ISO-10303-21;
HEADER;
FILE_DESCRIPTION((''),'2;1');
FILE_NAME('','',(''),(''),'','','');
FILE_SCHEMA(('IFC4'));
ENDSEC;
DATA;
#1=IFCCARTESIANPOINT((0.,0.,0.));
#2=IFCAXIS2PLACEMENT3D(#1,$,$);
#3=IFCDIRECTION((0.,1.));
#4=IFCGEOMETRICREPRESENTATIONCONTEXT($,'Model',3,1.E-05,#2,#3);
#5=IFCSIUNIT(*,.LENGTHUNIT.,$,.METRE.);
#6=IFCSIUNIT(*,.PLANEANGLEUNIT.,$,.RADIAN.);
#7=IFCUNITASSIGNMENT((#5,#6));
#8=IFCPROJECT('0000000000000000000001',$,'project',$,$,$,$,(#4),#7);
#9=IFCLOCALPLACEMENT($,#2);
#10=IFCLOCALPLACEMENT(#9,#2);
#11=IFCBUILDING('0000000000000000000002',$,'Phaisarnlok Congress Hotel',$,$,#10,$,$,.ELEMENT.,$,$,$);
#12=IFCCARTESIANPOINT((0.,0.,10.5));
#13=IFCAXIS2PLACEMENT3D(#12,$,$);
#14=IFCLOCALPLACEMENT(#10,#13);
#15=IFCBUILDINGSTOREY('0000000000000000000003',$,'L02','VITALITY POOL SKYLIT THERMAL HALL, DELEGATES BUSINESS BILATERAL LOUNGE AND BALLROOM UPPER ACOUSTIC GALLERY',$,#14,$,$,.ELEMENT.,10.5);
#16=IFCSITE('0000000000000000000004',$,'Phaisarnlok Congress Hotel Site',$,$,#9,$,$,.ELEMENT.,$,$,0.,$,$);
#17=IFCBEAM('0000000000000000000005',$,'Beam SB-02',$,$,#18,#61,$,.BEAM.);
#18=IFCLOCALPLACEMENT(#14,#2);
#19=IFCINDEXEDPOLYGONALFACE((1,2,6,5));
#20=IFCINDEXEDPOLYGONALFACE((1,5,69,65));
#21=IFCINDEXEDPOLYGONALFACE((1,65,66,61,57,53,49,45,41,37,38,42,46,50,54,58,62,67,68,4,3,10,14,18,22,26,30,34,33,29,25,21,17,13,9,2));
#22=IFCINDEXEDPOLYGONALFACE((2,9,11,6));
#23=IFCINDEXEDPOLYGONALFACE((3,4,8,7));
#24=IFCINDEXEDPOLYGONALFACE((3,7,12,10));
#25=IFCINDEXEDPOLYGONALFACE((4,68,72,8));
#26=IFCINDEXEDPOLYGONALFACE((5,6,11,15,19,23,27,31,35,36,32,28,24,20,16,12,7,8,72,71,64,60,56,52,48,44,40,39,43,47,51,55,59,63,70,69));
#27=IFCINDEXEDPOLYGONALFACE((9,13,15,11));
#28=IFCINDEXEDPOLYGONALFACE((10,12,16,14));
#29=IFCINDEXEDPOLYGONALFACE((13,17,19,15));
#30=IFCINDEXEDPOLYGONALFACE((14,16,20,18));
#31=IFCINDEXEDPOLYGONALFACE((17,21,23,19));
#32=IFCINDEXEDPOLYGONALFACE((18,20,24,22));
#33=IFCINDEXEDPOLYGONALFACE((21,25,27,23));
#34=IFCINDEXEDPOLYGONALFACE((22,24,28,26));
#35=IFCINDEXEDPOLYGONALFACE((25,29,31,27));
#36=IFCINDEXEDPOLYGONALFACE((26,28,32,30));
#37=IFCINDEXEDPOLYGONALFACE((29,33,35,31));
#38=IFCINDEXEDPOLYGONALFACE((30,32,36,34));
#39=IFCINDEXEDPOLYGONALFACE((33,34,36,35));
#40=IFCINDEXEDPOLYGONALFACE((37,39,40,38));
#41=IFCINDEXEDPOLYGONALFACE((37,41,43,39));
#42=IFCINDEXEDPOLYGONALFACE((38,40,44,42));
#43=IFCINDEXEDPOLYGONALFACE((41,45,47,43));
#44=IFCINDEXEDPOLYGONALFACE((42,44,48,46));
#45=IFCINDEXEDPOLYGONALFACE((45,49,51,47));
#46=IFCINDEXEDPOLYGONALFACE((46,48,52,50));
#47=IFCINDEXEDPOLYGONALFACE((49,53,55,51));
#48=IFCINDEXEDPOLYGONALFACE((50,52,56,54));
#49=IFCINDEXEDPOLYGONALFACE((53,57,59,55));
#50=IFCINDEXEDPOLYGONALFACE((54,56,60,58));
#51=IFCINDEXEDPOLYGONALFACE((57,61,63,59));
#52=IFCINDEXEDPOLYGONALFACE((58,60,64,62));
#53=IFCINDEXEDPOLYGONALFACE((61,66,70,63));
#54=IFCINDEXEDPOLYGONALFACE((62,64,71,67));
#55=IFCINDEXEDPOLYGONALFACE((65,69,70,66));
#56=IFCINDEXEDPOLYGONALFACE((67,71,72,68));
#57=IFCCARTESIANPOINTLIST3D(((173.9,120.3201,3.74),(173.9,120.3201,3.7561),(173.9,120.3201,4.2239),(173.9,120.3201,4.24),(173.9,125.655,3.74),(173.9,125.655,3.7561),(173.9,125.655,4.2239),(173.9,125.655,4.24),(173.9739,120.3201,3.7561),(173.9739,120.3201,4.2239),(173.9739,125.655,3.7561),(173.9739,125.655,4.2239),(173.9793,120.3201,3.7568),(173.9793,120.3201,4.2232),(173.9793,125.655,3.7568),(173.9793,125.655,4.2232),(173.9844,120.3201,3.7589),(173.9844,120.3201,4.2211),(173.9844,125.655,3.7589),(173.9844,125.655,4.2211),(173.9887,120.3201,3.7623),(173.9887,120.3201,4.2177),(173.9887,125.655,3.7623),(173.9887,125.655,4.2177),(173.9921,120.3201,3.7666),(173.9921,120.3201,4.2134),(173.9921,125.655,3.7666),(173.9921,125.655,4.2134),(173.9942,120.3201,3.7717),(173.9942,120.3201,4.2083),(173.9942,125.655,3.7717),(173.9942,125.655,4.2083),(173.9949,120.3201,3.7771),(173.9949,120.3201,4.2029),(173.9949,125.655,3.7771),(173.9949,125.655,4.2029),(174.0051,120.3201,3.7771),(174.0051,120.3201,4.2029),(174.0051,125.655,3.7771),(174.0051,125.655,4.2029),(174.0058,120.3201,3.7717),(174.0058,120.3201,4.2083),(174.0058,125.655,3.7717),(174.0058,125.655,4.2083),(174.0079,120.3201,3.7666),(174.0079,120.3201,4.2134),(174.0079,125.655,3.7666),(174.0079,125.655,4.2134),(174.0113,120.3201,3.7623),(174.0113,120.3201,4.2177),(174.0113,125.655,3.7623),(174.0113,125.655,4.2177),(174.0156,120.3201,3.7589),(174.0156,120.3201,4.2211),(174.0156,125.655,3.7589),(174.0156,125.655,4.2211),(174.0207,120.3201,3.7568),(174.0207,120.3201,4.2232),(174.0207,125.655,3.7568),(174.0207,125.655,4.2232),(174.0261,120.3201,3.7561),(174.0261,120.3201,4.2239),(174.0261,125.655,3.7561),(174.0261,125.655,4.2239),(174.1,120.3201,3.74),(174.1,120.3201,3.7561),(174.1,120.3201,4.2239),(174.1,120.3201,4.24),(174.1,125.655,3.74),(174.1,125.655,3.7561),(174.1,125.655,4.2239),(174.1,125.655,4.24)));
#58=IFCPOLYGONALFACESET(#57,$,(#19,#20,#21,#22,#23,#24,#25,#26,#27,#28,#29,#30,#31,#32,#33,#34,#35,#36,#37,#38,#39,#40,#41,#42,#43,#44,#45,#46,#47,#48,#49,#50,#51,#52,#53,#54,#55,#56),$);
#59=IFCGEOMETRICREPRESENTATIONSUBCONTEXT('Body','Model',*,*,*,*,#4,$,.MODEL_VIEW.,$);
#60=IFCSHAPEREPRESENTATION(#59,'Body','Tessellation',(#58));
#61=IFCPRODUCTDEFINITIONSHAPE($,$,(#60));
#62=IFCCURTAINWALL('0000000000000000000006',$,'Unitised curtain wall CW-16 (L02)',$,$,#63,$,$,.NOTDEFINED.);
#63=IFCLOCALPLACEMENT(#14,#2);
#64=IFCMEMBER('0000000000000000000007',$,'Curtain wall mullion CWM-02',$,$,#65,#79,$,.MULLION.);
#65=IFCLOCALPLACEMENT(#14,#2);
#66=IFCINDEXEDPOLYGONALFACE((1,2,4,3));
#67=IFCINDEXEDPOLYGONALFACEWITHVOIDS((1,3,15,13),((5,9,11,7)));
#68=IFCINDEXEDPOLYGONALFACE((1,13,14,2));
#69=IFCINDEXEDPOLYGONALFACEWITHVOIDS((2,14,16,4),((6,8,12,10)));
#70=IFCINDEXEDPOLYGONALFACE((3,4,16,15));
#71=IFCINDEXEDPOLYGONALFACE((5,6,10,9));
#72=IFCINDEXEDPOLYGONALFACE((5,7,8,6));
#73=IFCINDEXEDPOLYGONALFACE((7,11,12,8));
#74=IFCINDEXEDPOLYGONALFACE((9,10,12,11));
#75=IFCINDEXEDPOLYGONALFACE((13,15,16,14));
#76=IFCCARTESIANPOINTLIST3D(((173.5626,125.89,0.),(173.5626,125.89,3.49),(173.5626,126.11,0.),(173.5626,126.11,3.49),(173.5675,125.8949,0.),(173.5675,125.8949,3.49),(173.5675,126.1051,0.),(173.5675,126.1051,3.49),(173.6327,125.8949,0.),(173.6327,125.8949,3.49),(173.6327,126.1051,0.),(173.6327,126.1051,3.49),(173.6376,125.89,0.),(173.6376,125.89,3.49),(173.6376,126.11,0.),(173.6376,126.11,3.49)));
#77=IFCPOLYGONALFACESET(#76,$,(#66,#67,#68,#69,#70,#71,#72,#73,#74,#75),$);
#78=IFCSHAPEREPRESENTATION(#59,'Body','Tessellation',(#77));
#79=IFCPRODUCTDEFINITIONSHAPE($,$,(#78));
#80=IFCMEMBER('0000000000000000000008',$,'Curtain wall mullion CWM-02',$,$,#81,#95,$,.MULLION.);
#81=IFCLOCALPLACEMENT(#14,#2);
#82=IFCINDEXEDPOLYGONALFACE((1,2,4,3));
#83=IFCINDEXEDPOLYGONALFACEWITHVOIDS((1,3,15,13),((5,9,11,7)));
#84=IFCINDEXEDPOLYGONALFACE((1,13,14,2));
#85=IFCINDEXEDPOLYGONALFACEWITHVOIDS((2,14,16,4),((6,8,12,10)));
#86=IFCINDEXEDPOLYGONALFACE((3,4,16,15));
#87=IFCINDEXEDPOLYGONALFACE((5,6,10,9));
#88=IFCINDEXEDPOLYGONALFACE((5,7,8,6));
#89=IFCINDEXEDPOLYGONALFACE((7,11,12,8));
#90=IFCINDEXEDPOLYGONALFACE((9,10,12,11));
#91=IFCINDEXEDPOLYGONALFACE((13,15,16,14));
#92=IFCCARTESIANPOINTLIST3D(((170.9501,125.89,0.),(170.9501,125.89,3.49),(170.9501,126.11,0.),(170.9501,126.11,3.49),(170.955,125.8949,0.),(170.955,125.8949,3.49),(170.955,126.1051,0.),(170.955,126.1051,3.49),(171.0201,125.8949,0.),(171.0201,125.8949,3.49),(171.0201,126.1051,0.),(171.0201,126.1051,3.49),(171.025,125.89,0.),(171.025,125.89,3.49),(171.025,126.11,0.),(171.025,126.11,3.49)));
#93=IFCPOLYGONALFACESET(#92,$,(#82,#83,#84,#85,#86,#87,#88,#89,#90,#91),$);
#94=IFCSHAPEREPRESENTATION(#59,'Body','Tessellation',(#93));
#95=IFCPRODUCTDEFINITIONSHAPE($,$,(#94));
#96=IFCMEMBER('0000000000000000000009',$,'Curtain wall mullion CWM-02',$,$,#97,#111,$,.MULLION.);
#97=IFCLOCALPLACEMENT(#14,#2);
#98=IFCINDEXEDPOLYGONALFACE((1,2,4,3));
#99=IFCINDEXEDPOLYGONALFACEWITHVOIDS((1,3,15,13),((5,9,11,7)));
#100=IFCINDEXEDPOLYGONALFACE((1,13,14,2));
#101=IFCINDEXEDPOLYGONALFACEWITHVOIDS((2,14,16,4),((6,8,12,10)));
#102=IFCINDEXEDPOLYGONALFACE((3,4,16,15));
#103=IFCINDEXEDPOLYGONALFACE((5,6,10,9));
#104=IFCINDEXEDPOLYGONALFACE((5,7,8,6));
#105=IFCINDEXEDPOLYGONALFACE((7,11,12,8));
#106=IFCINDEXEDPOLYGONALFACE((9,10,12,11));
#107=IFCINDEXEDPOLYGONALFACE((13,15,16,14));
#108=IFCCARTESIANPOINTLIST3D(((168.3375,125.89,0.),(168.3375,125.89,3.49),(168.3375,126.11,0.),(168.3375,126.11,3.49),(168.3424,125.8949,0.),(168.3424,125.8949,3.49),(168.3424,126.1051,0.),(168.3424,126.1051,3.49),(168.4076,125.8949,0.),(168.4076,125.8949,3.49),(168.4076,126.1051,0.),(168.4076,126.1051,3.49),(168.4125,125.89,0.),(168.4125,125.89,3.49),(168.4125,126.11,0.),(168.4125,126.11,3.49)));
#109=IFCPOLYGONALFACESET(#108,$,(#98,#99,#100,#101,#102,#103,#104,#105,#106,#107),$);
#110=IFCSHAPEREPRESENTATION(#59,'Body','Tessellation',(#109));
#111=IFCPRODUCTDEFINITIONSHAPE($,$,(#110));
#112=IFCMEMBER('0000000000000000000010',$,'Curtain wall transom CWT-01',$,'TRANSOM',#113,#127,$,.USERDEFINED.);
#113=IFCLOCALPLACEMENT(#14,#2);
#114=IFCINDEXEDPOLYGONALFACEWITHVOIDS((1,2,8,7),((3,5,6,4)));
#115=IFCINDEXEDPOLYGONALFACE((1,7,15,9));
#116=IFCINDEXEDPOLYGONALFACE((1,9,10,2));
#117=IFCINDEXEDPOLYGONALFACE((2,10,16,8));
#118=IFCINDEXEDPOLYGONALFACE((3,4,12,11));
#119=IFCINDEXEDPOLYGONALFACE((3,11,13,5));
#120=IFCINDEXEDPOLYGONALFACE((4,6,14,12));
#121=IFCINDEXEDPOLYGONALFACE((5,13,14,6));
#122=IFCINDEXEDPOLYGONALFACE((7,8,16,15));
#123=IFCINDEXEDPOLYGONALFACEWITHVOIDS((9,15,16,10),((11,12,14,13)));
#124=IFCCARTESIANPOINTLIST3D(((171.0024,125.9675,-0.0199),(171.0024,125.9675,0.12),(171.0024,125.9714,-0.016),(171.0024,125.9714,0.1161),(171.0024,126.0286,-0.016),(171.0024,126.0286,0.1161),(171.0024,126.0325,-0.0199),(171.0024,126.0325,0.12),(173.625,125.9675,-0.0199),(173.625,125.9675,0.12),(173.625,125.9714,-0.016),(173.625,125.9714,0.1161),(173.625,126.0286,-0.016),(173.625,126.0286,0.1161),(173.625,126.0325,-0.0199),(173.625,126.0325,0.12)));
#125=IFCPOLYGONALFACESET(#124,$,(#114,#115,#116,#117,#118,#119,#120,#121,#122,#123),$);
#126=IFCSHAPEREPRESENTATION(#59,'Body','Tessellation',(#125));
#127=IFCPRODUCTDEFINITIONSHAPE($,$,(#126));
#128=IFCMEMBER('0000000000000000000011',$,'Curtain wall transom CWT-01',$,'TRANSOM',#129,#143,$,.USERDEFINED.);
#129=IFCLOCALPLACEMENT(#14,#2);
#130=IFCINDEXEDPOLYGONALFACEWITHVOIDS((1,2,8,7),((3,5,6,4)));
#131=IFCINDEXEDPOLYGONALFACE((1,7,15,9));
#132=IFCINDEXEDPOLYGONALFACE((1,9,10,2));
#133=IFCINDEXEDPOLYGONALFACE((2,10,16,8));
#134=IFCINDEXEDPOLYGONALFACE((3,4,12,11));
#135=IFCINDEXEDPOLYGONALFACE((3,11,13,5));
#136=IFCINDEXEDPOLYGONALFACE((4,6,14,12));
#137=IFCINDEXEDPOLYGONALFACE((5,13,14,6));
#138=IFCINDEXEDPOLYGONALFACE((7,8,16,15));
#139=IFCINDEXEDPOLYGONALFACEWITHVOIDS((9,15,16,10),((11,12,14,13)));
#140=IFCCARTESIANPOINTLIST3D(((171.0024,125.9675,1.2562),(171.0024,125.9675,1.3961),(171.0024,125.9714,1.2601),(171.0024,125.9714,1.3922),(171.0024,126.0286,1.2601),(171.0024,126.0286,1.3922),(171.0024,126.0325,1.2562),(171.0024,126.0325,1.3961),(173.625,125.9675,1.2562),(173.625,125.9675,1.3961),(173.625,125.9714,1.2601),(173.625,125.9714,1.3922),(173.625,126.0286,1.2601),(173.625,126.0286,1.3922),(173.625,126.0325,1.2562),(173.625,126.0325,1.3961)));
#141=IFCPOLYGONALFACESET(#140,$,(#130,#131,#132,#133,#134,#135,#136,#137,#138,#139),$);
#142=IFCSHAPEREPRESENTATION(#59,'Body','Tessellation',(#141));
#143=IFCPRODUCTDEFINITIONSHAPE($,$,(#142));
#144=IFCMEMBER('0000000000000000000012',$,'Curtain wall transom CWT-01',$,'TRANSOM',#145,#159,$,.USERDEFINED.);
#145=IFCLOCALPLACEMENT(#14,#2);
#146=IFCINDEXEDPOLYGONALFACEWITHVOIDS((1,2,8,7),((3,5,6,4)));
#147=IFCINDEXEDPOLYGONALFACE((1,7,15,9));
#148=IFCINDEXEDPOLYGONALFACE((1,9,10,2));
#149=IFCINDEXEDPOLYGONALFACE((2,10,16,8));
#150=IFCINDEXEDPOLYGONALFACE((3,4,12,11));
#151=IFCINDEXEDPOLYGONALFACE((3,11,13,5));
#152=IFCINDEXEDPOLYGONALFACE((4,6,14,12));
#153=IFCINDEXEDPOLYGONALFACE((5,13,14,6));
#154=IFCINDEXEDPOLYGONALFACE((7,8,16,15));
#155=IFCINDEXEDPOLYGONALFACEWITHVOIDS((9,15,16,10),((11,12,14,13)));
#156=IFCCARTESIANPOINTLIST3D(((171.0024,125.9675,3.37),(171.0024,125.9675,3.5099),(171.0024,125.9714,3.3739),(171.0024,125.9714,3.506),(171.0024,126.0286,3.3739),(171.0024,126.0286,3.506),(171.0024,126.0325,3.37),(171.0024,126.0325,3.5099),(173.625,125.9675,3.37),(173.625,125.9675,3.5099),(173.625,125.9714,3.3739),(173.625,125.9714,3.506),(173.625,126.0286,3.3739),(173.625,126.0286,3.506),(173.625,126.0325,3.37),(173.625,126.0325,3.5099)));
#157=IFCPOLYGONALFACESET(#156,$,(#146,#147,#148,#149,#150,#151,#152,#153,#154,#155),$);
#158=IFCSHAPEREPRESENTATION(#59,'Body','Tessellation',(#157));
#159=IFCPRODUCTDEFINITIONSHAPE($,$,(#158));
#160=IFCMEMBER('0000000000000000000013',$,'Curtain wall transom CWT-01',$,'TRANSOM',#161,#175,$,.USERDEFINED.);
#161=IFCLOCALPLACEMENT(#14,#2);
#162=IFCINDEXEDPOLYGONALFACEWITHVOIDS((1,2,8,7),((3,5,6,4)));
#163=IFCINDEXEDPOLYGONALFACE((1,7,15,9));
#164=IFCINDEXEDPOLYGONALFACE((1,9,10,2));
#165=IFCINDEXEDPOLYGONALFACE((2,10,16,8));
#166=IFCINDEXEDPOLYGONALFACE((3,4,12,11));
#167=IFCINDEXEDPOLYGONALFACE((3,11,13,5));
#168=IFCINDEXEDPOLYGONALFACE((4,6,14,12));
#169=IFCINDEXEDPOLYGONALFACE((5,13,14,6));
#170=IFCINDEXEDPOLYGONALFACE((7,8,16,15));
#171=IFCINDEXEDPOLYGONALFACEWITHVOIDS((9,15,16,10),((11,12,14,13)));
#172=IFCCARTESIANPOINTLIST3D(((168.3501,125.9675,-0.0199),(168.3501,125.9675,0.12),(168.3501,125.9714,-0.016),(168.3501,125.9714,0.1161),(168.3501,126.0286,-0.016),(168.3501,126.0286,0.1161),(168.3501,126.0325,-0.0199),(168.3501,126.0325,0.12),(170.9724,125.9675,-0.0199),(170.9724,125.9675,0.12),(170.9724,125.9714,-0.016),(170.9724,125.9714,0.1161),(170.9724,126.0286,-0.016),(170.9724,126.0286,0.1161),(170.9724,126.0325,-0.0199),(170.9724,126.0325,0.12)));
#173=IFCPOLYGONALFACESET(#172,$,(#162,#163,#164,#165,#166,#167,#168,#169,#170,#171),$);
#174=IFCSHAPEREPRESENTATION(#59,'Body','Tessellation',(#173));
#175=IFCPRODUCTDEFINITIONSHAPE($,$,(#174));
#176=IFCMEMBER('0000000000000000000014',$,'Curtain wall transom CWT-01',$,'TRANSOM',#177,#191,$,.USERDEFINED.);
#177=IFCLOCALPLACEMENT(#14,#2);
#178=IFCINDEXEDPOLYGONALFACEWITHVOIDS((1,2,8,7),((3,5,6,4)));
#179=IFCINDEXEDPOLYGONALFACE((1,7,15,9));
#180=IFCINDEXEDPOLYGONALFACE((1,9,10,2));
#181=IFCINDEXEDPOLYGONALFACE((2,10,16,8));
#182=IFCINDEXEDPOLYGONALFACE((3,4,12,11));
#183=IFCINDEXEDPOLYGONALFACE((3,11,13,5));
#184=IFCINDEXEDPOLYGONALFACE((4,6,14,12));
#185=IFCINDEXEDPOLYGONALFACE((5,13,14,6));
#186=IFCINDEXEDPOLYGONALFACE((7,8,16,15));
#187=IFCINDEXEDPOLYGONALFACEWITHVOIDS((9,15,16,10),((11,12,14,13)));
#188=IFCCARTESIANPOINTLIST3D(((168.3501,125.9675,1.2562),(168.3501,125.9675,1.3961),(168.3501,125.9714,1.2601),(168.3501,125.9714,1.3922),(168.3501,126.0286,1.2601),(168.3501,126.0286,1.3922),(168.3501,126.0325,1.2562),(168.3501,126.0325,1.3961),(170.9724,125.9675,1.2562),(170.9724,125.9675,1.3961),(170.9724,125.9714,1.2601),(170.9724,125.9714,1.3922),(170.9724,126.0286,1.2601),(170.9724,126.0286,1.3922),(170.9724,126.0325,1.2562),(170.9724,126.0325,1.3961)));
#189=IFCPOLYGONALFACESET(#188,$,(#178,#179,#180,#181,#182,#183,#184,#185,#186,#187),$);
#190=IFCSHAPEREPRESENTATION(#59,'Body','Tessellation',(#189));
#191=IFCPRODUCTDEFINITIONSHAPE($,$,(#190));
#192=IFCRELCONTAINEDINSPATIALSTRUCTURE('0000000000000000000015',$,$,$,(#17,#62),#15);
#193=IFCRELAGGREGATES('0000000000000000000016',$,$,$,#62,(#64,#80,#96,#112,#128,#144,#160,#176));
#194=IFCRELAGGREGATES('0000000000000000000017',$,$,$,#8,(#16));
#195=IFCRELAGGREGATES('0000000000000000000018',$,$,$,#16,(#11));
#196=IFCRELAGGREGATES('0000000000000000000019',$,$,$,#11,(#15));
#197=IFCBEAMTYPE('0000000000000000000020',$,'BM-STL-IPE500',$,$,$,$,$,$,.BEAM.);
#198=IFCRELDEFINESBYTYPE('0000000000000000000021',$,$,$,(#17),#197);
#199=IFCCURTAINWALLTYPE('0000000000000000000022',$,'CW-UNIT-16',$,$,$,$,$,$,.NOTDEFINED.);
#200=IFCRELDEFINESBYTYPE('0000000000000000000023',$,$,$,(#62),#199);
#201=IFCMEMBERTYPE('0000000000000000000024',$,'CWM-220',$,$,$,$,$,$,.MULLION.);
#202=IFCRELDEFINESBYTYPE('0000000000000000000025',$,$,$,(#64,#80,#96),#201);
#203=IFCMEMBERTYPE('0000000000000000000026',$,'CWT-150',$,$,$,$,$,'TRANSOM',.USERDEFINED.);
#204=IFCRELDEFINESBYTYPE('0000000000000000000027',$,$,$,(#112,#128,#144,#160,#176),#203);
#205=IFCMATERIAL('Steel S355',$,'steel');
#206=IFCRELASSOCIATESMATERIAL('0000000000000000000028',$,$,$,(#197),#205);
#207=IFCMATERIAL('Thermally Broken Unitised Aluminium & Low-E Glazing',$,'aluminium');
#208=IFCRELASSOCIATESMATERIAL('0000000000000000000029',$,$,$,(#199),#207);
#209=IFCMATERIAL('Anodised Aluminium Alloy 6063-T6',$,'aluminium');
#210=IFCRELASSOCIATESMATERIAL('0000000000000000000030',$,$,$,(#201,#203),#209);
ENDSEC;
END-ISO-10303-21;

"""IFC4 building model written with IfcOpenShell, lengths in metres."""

from ifc_helpers import new_model, si_unit, direction, frame, origin, origin_2d, place, context, subcontext, project, spatial, hollow_rectangle, i_section, extrude, material, material_profile, profile_set, type_object, element, aggregate, save


model = new_model("IFC4")

# Units and contexts
model_context = context("Model", 3, precision=1e-05, world=origin(), true_north=direction((0.0, 1.0)))
body_context = subcontext(model_context, "Body", "Model", "MODEL_VIEW")
ifc_project = project(units=[si_unit("LENGTHUNIT", "METRE"), si_unit("PLANEANGLEUNIT", "RADIAN")], contexts=[model_context])

# Site, building, storey
site_placement = place(None, origin())
site = spatial("IfcSite", under=ifc_project, at=site_placement, Name="Phaisarnlok Congress Hotel Site", CompositionType="ELEMENT", RefElevation=0.0)
building_placement = place(site_placement, origin())
building = spatial("IfcBuilding", under=site, at=building_placement, Name="Phaisarnlok Congress Hotel", CompositionType="ELEMENT")
storey_placement = place(building_placement, frame((0.0, 0.0, 10.5)))
storey = spatial("IfcBuildingStorey", under=building, at=storey_placement, Name="L02", Description="VITALITY POOL SKYLIT THERMAL HALL, DELEGATES BUSINESS BILATERAL LOUNGE AND BALLROOM UPPER ACOUSTIC GALLERY", CompositionType="ELEMENT", Elevation=10.5)

# Beam
ifc_material_1 = material(Name="Steel S355", Category="steel")
ifc_material_profile_1 = material_profile(ifc_material_1, i_section(OverallWidth=0.2, OverallDepth=0.5, WebThickness=0.0103, FlangeThickness=0.0161, FilletRadius=0.021, at=origin_2d()), Name="IPE 500")
ifc_profile_set_1 = profile_set([ifc_material_profile_1], Name="Steel S355")
beam_type_1 = type_object("IfcBeamType", Name="BM-STL-IPE500", PredefinedType="BEAM", material=ifc_profile_set_1)
for number, where, z_axis, x_axis, name in (
    (1, (174.0, 120.3201, 3.99), (0.0, 1.0, 0.0), (-1.0, 0.0, 0.0), "Beam SB-02"),
):
    element("IfcBeam", number, at=place(storey_placement, frame(where, z_axis=z_axis, x_axis=x_axis)), inside=storey, type_object=beam_type_1, Name=name, PredefinedType="BEAM", context=body_context, shape_type="SweptSolid", body=[
        extrude(i_section(OverallWidth=0.2, OverallDepth=0.5, WebThickness=0.0103, FlangeThickness=0.0161, FilletRadius=0.021, at=origin_2d()), origin(), (0.0, 0.0, 1.0), 5.335),
    ])

# Curtain wall, members
ifc_material_2 = material(Name="Thermally Broken Unitised Aluminium & Low-E Glazing", Category="aluminium")
curtain_wall_type = type_object("IfcCurtainWallType", Name="CW-UNIT-16", PredefinedType="NOTDEFINED", material=ifc_material_2)
curtain_wall_placement = place(storey_placement, origin())
curtain_wall = element("IfcCurtainWall", 2, at=curtain_wall_placement, inside=storey, type_object=curtain_wall_type, Name="Unitised curtain wall CW-16 (L02)", PredefinedType="NOTDEFINED")
ifc_material_3 = material(Name="Anodised Aluminium Alloy 6063-T6", Category="aluminium")
ifc_material_profile_2 = material_profile(ifc_material_3, hollow_rectangle(XDim=0.075, YDim=0.22, WallThickness=0.0049, at=origin_2d()), Name="ALU-M 75x220x5")
ifc_profile_set_2 = profile_set([ifc_material_profile_2], Name="Anodised Aluminium Alloy 6063-T6")
member_type_1 = type_object("IfcMemberType", Name="CWM-220", PredefinedType="MULLION", material=ifc_profile_set_2)
member_1_placement = place(storey_placement, frame((173.6001, 126.0, 0.0), z_axis=(0.0, 0.0, 1.0), x_axis=(-1.0, 0.0, 0.0)))
member_1 = element("IfcMember", 3, at=member_1_placement, type_object=member_type_1, Name="Curtain wall mullion CWM-02", PredefinedType="MULLION", context=body_context, shape_type="SweptSolid", body=[
    extrude(hollow_rectangle(XDim=0.075, YDim=0.22, WallThickness=0.0049, at=origin_2d()), origin(), (0.0, 0.0, 1.0), 3.49),
])
member_2_placement = place(storey_placement, frame((170.9875, 126.0, 0.0), z_axis=(0.0, 0.0, 1.0), x_axis=(-1.0, 0.0, 0.0)))
member_2 = element("IfcMember", 4, at=member_2_placement, type_object=member_type_1, Name="Curtain wall mullion CWM-02", PredefinedType="MULLION", context=body_context, shape_type="SweptSolid", body=[
    extrude(hollow_rectangle(XDim=0.075, YDim=0.22, WallThickness=0.0049, at=origin_2d()), origin(), (0.0, 0.0, 1.0), 3.49),
])
member_3_placement = place(storey_placement, frame((168.375, 126.0, 0.0), z_axis=(0.0, 0.0, 1.0), x_axis=(-1.0, 0.0, 0.0)))
member_3 = element("IfcMember", 5, at=member_3_placement, type_object=member_type_1, Name="Curtain wall mullion CWM-02", PredefinedType="MULLION", context=body_context, shape_type="SweptSolid", body=[
    extrude(hollow_rectangle(XDim=0.075, YDim=0.22, WallThickness=0.0049, at=origin_2d()), origin(), (0.0, 0.0, 1.0), 3.49),
])
ifc_material_profile_3 = material_profile(ifc_material_3, hollow_rectangle(XDim=0.0649, YDim=0.1399, WallThickness=0.0039, at=origin_2d()), Name="ALU-T 65x140x4")
ifc_profile_set_3 = profile_set([ifc_material_profile_3], Name="Anodised Aluminium Alloy 6063-T6")
member_type_2 = type_object("IfcMemberType", Name="CWT-150", ElementType="TRANSOM", PredefinedType="USERDEFINED", material=ifc_profile_set_3)
member_4_placement = place(storey_placement, frame((173.625, 126.0, 0.05), z_axis=(-1.0, 0.0, 0.0), x_axis=(0.0, -1.0, 0.0)))
member_4 = element("IfcMember", 6, at=member_4_placement, type_object=member_type_2, Name="Curtain wall transom CWT-01", ObjectType="TRANSOM", PredefinedType="USERDEFINED", context=body_context, shape_type="SweptSolid", body=[
    extrude(hollow_rectangle(XDim=0.0649, YDim=0.1399, WallThickness=0.0039, at=origin_2d()), origin(), (0.0, 0.0, 1.0), 2.6226),
])
member_5_placement = place(storey_placement, frame((173.625, 126.0, 1.3262), z_axis=(-1.0, 0.0, 0.0), x_axis=(0.0, -1.0, 0.0)))
member_5 = element("IfcMember", 7, at=member_5_placement, type_object=member_type_2, Name="Curtain wall transom CWT-01", ObjectType="TRANSOM", PredefinedType="USERDEFINED", context=body_context, shape_type="SweptSolid", body=[
    extrude(hollow_rectangle(XDim=0.0649, YDim=0.1399, WallThickness=0.0039, at=origin_2d()), origin(), (0.0, 0.0, 1.0), 2.6226),
])
member_6_placement = place(storey_placement, frame((173.625, 126.0, 3.4399), z_axis=(-1.0, 0.0, 0.0), x_axis=(0.0, -1.0, 0.0)))
member_6 = element("IfcMember", 8, at=member_6_placement, type_object=member_type_2, Name="Curtain wall transom CWT-01", ObjectType="TRANSOM", PredefinedType="USERDEFINED", context=body_context, shape_type="SweptSolid", body=[
    extrude(hollow_rectangle(XDim=0.0649, YDim=0.1399, WallThickness=0.0039, at=origin_2d()), origin(), (0.0, 0.0, 1.0), 2.6226),
])
member_7_placement = place(storey_placement, frame((170.9724, 126.0, 0.05), z_axis=(-1.0, 0.0, 0.0), x_axis=(0.0, -1.0, 0.0)))
member_7 = element("IfcMember", 9, at=member_7_placement, type_object=member_type_2, Name="Curtain wall transom CWT-01", ObjectType="TRANSOM", PredefinedType="USERDEFINED", context=body_context, shape_type="SweptSolid", body=[
    extrude(hollow_rectangle(XDim=0.0649, YDim=0.1399, WallThickness=0.0039, at=origin_2d()), origin(), (0.0, 0.0, 1.0), 2.6223),
])
member_8_placement = place(storey_placement, frame((170.9724, 126.0, 1.3262), z_axis=(-1.0, 0.0, 0.0), x_axis=(0.0, -1.0, 0.0)))
member_8 = element("IfcMember", 10, at=member_8_placement, type_object=member_type_2, Name="Curtain wall transom CWT-01", ObjectType="TRANSOM", PredefinedType="USERDEFINED", context=body_context, shape_type="SweptSolid", body=[
    extrude(hollow_rectangle(XDim=0.0649, YDim=0.1399, WallThickness=0.0039, at=origin_2d()), origin(), (0.0, 0.0, 1.0), 2.6223),
])

aggregate(curtain_wall, [member_1, member_2, member_3, member_4, member_5, member_6, member_7, member_8])

save(model, "model.ifc")
